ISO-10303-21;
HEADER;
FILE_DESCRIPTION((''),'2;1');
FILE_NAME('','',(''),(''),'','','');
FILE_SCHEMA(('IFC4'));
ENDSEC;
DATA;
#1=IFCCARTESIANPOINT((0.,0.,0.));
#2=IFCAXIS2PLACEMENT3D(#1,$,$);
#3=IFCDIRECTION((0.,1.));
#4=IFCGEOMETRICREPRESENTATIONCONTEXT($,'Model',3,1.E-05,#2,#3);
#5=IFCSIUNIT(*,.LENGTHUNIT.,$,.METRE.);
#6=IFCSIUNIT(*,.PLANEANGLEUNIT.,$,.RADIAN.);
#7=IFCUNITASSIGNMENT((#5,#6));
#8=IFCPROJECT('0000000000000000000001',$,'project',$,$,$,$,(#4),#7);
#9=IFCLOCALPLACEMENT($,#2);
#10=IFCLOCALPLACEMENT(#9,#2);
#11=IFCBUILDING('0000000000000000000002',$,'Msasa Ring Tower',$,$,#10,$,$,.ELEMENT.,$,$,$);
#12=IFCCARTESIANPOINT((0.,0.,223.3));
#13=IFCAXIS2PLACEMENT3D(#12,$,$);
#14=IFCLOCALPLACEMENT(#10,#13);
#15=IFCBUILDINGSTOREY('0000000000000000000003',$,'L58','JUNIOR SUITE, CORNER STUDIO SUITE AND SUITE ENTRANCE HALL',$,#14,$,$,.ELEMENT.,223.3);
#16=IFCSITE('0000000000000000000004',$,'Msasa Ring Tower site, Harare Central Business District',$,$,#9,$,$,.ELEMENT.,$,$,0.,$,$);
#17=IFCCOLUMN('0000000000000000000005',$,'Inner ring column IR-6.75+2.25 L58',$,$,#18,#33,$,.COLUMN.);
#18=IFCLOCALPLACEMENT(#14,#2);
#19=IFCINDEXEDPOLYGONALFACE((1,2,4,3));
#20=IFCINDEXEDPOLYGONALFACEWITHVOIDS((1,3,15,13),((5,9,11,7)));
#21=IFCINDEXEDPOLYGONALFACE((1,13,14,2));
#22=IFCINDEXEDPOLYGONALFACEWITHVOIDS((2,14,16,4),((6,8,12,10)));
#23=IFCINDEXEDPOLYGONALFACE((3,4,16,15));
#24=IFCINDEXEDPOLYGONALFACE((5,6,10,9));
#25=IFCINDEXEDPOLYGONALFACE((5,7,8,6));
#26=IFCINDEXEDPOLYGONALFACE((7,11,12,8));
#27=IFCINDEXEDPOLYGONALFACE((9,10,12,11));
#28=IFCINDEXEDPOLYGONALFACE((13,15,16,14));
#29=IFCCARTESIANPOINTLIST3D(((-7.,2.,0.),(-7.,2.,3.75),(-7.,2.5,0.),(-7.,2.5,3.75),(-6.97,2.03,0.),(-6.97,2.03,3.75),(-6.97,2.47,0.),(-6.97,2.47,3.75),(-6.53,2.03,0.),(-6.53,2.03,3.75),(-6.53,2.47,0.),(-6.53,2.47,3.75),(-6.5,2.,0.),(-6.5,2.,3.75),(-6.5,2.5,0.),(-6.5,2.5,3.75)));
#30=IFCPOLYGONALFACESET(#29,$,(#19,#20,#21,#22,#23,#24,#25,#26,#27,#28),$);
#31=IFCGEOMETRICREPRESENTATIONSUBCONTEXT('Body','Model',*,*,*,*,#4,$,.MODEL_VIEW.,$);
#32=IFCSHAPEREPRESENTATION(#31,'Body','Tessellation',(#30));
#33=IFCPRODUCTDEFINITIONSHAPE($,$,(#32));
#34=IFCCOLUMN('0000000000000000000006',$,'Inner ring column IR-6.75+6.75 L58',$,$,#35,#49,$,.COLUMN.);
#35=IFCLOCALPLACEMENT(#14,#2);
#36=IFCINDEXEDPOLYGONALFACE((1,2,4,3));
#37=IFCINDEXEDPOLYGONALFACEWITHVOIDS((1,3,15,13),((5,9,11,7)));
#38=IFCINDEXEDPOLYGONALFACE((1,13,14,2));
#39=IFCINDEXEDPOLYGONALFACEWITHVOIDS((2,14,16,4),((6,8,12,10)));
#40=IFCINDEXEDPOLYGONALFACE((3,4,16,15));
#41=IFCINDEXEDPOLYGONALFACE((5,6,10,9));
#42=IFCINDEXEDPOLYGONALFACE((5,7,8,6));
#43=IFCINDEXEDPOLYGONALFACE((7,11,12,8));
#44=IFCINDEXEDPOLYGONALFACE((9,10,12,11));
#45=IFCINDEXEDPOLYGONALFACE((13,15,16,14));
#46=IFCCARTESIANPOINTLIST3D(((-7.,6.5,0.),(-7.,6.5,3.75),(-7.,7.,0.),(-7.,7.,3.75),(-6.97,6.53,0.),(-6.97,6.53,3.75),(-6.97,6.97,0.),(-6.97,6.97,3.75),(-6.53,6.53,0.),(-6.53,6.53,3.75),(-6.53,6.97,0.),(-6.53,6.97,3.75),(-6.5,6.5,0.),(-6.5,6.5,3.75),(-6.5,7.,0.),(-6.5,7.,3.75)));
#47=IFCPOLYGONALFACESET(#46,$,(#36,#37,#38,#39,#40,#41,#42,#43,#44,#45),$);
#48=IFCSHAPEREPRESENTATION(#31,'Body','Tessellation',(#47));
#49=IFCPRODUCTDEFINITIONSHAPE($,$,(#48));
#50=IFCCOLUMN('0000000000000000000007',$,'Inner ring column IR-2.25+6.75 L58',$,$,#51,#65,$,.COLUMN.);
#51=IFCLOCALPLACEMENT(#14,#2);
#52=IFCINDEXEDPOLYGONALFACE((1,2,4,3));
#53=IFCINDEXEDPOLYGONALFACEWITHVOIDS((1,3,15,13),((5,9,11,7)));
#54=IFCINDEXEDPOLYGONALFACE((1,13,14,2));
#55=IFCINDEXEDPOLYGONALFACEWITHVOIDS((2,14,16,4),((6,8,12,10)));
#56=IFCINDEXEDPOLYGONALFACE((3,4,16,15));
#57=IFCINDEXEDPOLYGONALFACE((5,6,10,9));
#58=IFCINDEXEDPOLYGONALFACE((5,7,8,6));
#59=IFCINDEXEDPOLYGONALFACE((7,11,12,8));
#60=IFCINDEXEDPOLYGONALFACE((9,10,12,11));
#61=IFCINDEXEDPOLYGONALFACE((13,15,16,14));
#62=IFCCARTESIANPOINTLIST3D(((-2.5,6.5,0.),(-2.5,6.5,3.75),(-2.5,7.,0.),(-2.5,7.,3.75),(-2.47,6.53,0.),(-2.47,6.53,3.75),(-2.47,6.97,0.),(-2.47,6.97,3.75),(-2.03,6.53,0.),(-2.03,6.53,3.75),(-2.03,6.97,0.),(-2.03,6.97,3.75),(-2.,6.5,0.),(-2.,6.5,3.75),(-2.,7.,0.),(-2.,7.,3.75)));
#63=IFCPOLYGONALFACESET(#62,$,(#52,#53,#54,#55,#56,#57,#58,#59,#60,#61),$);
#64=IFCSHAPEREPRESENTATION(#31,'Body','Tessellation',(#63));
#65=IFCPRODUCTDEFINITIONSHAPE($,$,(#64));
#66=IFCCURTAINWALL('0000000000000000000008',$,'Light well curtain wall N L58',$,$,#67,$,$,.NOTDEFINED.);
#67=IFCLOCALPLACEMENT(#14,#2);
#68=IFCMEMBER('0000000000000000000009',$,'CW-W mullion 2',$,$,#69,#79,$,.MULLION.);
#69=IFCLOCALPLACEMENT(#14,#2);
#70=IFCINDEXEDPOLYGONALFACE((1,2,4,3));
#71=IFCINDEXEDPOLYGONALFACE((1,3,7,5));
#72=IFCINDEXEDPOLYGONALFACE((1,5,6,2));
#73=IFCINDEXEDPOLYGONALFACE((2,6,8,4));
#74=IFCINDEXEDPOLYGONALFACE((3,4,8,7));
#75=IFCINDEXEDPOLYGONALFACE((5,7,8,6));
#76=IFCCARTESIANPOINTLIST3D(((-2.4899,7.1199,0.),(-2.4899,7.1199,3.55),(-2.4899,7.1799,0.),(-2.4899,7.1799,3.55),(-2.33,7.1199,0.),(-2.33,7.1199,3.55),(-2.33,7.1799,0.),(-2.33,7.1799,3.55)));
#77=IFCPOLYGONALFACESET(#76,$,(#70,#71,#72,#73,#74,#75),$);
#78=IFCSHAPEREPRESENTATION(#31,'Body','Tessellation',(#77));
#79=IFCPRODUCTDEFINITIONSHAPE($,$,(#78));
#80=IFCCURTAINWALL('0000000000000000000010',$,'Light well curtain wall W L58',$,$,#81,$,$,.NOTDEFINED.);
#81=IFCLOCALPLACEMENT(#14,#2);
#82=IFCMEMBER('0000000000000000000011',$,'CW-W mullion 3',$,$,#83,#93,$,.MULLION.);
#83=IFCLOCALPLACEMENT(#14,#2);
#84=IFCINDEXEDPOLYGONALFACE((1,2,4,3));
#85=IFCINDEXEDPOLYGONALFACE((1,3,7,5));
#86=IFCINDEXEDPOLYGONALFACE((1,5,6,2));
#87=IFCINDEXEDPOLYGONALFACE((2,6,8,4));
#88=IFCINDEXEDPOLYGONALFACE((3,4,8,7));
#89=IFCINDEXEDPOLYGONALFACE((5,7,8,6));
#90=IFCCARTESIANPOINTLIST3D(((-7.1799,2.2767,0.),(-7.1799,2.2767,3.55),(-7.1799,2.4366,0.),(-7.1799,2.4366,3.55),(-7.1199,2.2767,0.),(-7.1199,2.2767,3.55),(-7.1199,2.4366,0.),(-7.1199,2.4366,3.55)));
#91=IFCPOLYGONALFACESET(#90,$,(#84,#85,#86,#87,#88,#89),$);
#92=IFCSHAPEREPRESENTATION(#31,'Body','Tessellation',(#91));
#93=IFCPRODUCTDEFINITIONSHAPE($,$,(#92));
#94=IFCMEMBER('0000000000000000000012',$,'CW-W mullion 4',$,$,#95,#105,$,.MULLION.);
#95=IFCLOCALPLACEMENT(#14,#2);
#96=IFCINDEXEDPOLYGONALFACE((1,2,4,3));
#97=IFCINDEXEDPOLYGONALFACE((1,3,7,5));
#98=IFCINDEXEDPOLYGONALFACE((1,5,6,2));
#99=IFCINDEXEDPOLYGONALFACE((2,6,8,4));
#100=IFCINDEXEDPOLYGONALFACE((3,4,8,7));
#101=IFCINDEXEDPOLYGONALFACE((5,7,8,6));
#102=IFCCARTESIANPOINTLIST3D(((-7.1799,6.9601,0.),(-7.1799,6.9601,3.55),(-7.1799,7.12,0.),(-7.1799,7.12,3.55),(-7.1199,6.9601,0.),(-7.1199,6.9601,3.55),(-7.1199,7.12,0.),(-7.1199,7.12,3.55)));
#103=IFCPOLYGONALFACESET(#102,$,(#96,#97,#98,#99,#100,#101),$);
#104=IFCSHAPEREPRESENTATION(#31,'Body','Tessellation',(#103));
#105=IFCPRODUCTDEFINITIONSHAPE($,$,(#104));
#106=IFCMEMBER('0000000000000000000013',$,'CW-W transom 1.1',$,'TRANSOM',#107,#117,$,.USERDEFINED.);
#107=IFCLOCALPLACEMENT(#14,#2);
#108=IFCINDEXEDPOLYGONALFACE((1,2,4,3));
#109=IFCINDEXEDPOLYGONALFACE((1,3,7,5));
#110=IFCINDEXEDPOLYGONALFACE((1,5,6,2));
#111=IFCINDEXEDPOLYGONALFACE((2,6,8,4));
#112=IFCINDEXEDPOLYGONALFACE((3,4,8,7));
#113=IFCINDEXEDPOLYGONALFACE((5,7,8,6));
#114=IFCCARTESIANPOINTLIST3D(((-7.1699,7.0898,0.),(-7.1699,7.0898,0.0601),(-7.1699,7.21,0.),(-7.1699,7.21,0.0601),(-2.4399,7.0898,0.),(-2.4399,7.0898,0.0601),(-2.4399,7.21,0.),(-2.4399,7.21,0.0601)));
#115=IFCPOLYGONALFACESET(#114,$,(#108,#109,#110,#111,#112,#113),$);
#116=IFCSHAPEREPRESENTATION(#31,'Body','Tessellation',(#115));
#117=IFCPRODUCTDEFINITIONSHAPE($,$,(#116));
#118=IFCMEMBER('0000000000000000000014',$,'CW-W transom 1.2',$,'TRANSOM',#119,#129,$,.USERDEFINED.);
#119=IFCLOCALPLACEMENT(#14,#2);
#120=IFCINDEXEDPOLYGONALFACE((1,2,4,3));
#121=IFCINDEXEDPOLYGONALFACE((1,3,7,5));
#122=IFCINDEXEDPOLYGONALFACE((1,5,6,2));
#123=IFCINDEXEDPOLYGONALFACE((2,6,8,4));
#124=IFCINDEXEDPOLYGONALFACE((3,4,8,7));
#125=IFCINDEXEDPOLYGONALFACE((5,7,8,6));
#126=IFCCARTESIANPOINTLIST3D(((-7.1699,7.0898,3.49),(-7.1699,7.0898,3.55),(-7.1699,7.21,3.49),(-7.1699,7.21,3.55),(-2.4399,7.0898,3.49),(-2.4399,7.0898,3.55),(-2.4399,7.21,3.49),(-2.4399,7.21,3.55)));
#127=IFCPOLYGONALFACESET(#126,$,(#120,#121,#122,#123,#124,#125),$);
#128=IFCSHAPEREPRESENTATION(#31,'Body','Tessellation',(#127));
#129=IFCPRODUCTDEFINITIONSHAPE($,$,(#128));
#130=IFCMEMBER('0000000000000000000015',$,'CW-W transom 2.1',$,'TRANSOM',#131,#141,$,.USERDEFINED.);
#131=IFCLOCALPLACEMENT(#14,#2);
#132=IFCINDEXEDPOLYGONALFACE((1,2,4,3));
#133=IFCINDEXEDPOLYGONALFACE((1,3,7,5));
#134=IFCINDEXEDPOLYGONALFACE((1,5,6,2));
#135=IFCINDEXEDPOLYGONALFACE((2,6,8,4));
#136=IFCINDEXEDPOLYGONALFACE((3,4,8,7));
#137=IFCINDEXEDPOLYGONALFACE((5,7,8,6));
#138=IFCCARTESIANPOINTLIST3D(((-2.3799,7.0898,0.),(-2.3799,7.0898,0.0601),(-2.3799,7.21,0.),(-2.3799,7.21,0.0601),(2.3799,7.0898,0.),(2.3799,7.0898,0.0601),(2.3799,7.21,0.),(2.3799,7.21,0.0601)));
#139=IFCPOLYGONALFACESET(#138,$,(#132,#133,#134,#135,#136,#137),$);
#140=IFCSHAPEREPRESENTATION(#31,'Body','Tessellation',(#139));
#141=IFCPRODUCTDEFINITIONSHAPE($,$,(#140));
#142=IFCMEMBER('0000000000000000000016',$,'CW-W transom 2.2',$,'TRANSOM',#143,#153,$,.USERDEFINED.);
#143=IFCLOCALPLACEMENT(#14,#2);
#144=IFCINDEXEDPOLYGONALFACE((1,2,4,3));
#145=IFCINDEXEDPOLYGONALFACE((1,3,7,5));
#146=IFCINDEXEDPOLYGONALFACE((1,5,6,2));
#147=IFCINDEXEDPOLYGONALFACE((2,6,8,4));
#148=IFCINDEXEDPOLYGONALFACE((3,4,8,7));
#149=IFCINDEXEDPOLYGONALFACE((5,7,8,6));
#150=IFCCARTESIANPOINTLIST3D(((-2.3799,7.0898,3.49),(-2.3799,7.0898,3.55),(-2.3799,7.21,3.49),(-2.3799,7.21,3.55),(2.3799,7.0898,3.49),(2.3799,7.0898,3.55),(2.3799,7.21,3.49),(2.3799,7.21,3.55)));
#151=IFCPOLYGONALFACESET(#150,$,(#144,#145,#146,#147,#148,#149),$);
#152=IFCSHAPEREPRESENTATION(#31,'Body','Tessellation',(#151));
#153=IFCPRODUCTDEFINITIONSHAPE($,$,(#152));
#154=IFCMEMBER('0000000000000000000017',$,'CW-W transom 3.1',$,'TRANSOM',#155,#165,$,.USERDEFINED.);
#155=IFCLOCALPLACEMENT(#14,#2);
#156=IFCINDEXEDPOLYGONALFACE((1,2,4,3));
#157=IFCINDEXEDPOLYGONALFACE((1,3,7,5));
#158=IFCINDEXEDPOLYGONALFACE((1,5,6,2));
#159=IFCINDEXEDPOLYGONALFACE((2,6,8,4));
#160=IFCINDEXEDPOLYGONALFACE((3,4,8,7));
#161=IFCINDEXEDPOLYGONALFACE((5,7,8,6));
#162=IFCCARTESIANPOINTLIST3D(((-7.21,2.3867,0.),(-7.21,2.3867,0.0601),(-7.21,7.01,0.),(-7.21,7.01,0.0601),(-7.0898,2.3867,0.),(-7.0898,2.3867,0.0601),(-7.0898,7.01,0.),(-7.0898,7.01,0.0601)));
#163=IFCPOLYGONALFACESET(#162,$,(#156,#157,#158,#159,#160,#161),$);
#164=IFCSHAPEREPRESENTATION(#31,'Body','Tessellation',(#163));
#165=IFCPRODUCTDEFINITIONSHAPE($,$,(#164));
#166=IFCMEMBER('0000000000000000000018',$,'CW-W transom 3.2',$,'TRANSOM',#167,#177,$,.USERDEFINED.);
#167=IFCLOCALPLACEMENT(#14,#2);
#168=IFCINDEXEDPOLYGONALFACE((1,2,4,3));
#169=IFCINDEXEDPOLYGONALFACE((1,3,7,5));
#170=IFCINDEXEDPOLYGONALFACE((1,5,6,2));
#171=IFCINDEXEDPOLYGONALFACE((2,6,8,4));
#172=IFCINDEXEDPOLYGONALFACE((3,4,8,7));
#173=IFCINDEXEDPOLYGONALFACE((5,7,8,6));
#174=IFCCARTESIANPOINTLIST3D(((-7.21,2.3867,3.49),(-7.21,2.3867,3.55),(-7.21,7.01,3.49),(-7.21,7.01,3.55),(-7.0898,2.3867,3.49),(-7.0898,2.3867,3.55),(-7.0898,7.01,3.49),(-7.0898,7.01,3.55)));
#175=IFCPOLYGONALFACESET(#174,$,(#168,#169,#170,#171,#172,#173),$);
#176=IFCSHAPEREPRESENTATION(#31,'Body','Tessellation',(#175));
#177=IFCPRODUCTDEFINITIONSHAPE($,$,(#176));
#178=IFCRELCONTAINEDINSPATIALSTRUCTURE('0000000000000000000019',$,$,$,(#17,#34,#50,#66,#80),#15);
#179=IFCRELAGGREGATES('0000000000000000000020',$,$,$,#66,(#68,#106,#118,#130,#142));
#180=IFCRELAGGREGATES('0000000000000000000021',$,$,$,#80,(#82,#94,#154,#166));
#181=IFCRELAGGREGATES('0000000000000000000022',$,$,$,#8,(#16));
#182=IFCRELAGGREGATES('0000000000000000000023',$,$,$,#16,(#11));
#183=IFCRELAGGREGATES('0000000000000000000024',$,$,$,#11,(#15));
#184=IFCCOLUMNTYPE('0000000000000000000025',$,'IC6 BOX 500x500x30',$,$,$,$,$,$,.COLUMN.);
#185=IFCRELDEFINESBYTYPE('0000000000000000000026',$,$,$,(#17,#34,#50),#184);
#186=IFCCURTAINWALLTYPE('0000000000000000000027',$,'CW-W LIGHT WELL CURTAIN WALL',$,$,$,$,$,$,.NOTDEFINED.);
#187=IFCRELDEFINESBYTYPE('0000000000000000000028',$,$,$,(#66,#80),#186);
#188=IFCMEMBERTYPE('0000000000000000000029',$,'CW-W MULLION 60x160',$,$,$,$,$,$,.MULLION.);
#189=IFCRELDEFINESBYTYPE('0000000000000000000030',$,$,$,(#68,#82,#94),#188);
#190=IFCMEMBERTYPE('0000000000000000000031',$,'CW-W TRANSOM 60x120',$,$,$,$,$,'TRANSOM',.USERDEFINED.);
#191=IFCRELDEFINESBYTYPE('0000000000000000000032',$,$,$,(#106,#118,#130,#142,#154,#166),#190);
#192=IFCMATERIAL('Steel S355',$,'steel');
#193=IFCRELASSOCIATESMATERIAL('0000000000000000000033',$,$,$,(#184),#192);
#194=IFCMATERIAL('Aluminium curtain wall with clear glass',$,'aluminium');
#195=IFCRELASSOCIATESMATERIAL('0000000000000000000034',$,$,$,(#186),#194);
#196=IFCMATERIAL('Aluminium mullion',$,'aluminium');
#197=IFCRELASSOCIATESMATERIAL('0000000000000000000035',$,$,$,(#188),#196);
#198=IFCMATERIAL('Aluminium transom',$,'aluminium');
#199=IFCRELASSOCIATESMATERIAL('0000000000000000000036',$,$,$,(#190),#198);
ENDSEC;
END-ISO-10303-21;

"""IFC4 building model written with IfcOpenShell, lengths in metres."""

from ifc_helpers import new_model, si_unit, direction, frame, origin, origin_2d, place, context, subcontext, project, spatial, rectangle, hollow_rectangle, extrude, material, material_profile, profile_set, type_object, element, aggregate, save


model = new_model("IFC4")

# Units and contexts
model_context = context("Model", 3, precision=1e-05, world=origin(), true_north=direction((0.0, 1.0)))
body_context = subcontext(model_context, "Body", "Model", "MODEL_VIEW")
ifc_project = project(units=[si_unit("LENGTHUNIT", "METRE"), si_unit("PLANEANGLEUNIT", "RADIAN")], contexts=[model_context])

# Site, building, storey
site_placement = place(None, origin())
site = spatial("IfcSite", under=ifc_project, at=site_placement, Name="Msasa Ring Tower site, Harare Central Business District", CompositionType="ELEMENT", RefElevation=0.0)
building_placement = place(site_placement, origin())
building = spatial("IfcBuilding", under=site, at=building_placement, Name="Msasa Ring Tower", CompositionType="ELEMENT")
storey_placement = place(building_placement, frame((0.0, 0.0, 223.3)))
storey = spatial("IfcBuildingStorey", under=building, at=storey_placement, Name="L58", Description="JUNIOR SUITE, CORNER STUDIO SUITE AND SUITE ENTRANCE HALL", CompositionType="ELEMENT", Elevation=223.3)

# Columns
ifc_material_1 = material(Name="Steel S355", Category="steel")
ifc_material_profile_1 = material_profile(ifc_material_1, hollow_rectangle(XDim=0.5, YDim=0.5, WallThickness=0.03, at=origin_2d()), Name="BOX 500x500x30")
ifc_profile_set_1 = profile_set([ifc_material_profile_1], Name="Steel S355")
column_type = type_object("IfcColumnType", Name="IC6 BOX 500x500x30", PredefinedType="COLUMN", material=ifc_profile_set_1)
for number, where, z_axis, x_axis, name in (
    (1, (-6.75, 2.25, 0.0), (0.0, 0.0, 1.0), (1.0, 0.0, 0.0), "Inner ring column IR-6.75+2.25 L58"),
    (2, (-6.75, 6.75, 0.0), (0.0, 0.0, 1.0), (1.0, 0.0, 0.0), "Inner ring column IR-6.75+6.75 L58"),
    (3, (-2.25, 6.75, 0.0), (0.0, 0.0, 1.0), (1.0, 0.0, 0.0), "Inner ring column IR-2.25+6.75 L58"),
):
    element("IfcColumn", number, at=place(storey_placement, frame(where, z_axis=z_axis, x_axis=x_axis)), inside=storey, type_object=column_type, Name=name, PredefinedType="COLUMN", context=body_context, shape_type="SweptSolid", body=[
        extrude(hollow_rectangle(XDim=0.5, YDim=0.5, WallThickness=0.03, at=origin_2d()), origin(), (0.0, 0.0, 1.0), 3.75),
    ])

# Curtain wall, member
ifc_material_2 = material(Name="Aluminium curtain wall with clear glass", Category="aluminium")
curtain_wall_type = type_object("IfcCurtainWallType", Name="CW-W LIGHT WELL CURTAIN WALL", PredefinedType="NOTDEFINED", material=ifc_material_2)
curtain_wall_1_placement = place(storey_placement, origin())
curtain_wall_1 = element("IfcCurtainWall", 4, at=curtain_wall_1_placement, inside=storey, type_object=curtain_wall_type, Name="Light well curtain wall N L58", PredefinedType="NOTDEFINED")
ifc_material_3 = material(Name="Aluminium mullion", Category="aluminium")
ifc_material_profile_2 = material_profile(ifc_material_3, rectangle(XDim=0.0601, YDim=0.1599, at=origin_2d()), Name="AL 60x160")
ifc_profile_set_2 = profile_set([ifc_material_profile_2], Name="Aluminium mullion")
member_type_1 = type_object("IfcMemberType", Name="CW-W MULLION 60x160", PredefinedType="MULLION", material=ifc_profile_set_2)
member_1_placement = place(storey_placement, frame((-2.4099, 7.1499, 0.0), z_axis=(0.0, 0.0, 1.0), x_axis=(0.0, 1.0, 0.0)))
member_1 = element("IfcMember", 5, at=member_1_placement, type_object=member_type_1, Name="CW-W mullion 2", PredefinedType="MULLION", context=body_context, shape_type="SweptSolid", body=[
    extrude(rectangle(XDim=0.0601, YDim=0.1599, at=origin_2d()), origin(), (0.0, 0.0, 1.0), 3.55),
])

# Curtain wall, members
curtain_wall_2_placement = place(storey_placement, origin())
curtain_wall_2 = element("IfcCurtainWall", 6, at=curtain_wall_2_placement, inside=storey, type_object=curtain_wall_type, Name="Light well curtain wall W L58", PredefinedType="NOTDEFINED")
member_2_placement = place(storey_placement, frame((-7.1499, 2.3567, 0.0), z_axis=(0.0, 0.0, 1.0), x_axis=(-1.0, 0.0, 0.0)))
member_2 = element("IfcMember", 7, at=member_2_placement, type_object=member_type_1, Name="CW-W mullion 3", PredefinedType="MULLION", context=body_context, shape_type="SweptSolid", body=[
    extrude(rectangle(XDim=0.0601, YDim=0.1599, at=origin_2d()), origin(), (0.0, 0.0, 1.0), 3.55),
])
member_3_placement = place(storey_placement, frame((-7.1499, 7.04, 0.0), z_axis=(0.0, 0.0, 1.0), x_axis=(-1.0, 0.0, 0.0)))
member_3 = element("IfcMember", 8, at=member_3_placement, type_object=member_type_1, Name="CW-W mullion 4", PredefinedType="MULLION", context=body_context, shape_type="SweptSolid", body=[
    extrude(rectangle(XDim=0.0601, YDim=0.1599, at=origin_2d()), origin(), (0.0, 0.0, 1.0), 3.55),
])

# Members
ifc_material_4 = material(Name="Aluminium transom", Category="aluminium")
ifc_material_profile_3 = material_profile(ifc_material_4, rectangle(XDim=0.1201, YDim=0.0601, at=origin_2d()), Name="AL 60x120")
ifc_profile_set_3 = profile_set([ifc_material_profile_3], Name="Aluminium transom")
member_type_2 = type_object("IfcMemberType", Name="CW-W TRANSOM 60x120", ElementType="TRANSOM", PredefinedType="USERDEFINED", material=ifc_profile_set_3)
member_4_placement = place(storey_placement, frame((-7.1699, 7.1499, 0.03), z_axis=(1.0, 0.0, 0.0), x_axis=(0.0, 1.0, 0.0)))
member_4 = element("IfcMember", 9, at=member_4_placement, type_object=member_type_2, Name="CW-W transom 1.1", ObjectType="TRANSOM", PredefinedType="USERDEFINED", context=body_context, shape_type="SweptSolid", body=[
    extrude(rectangle(XDim=0.1201, YDim=0.0601, at=origin_2d()), origin(), (0.0, 0.0, 1.0), 4.73),
])
member_5_placement = place(storey_placement, frame((-7.1699, 7.1499, 3.52), z_axis=(1.0, 0.0, 0.0), x_axis=(0.0, 1.0, 0.0)))
member_5 = element("IfcMember", 10, at=member_5_placement, type_object=member_type_2, Name="CW-W transom 1.2", ObjectType="TRANSOM", PredefinedType="USERDEFINED", context=body_context, shape_type="SweptSolid", body=[
    extrude(rectangle(XDim=0.1201, YDim=0.0601, at=origin_2d()), origin(), (0.0, 0.0, 1.0), 4.73),
])
member_6_placement = place(storey_placement, frame((-2.3799, 7.1499, 0.03), z_axis=(1.0, 0.0, 0.0), x_axis=(0.0, 1.0, 0.0)))
member_6 = element("IfcMember", 11, at=member_6_placement, type_object=member_type_2, Name="CW-W transom 2.1", ObjectType="TRANSOM", PredefinedType="USERDEFINED", context=body_context, shape_type="SweptSolid", body=[
    extrude(rectangle(XDim=0.1201, YDim=0.0601, at=origin_2d()), origin(), (0.0, 0.0, 1.0), 4.7598),
])
member_7_placement = place(storey_placement, frame((-2.3799, 7.1499, 3.52), z_axis=(1.0, 0.0, 0.0), x_axis=(0.0, 1.0, 0.0)))
member_7 = element("IfcMember", 12, at=member_7_placement, type_object=member_type_2, Name="CW-W transom 2.2", ObjectType="TRANSOM", PredefinedType="USERDEFINED", context=body_context, shape_type="SweptSolid", body=[
    extrude(rectangle(XDim=0.1201, YDim=0.0601, at=origin_2d()), origin(), (0.0, 0.0, 1.0), 4.7598),
])
member_8_placement = place(storey_placement, frame((-7.1499, 2.3867, 0.03), z_axis=(0.0, 1.0, 0.0), x_axis=(-1.0, 0.0, 0.0)))
member_8 = element("IfcMember", 13, at=member_8_placement, type_object=member_type_2, Name="CW-W transom 3.1", ObjectType="TRANSOM", PredefinedType="USERDEFINED", context=body_context, shape_type="SweptSolid", body=[
    extrude(rectangle(XDim=0.1201, YDim=0.0601, at=origin_2d()), origin(), (0.0, 0.0, 1.0), 4.6233),
])
member_9_placement = place(storey_placement, frame((-7.1499, 2.3867, 3.52), z_axis=(0.0, 1.0, 0.0), x_axis=(-1.0, 0.0, 0.0)))
member_9 = element("IfcMember", 14, at=member_9_placement, type_object=member_type_2, Name="CW-W transom 3.2", ObjectType="TRANSOM", PredefinedType="USERDEFINED", context=body_context, shape_type="SweptSolid", body=[
    extrude(rectangle(XDim=0.1201, YDim=0.0601, at=origin_2d()), origin(), (0.0, 0.0, 1.0), 4.6233),
])

aggregate(curtain_wall_1, [member_1, member_4, member_5, member_6, member_7])
aggregate(curtain_wall_2, [member_2, member_3, member_8, member_9])

save(model, "model.ifc")
